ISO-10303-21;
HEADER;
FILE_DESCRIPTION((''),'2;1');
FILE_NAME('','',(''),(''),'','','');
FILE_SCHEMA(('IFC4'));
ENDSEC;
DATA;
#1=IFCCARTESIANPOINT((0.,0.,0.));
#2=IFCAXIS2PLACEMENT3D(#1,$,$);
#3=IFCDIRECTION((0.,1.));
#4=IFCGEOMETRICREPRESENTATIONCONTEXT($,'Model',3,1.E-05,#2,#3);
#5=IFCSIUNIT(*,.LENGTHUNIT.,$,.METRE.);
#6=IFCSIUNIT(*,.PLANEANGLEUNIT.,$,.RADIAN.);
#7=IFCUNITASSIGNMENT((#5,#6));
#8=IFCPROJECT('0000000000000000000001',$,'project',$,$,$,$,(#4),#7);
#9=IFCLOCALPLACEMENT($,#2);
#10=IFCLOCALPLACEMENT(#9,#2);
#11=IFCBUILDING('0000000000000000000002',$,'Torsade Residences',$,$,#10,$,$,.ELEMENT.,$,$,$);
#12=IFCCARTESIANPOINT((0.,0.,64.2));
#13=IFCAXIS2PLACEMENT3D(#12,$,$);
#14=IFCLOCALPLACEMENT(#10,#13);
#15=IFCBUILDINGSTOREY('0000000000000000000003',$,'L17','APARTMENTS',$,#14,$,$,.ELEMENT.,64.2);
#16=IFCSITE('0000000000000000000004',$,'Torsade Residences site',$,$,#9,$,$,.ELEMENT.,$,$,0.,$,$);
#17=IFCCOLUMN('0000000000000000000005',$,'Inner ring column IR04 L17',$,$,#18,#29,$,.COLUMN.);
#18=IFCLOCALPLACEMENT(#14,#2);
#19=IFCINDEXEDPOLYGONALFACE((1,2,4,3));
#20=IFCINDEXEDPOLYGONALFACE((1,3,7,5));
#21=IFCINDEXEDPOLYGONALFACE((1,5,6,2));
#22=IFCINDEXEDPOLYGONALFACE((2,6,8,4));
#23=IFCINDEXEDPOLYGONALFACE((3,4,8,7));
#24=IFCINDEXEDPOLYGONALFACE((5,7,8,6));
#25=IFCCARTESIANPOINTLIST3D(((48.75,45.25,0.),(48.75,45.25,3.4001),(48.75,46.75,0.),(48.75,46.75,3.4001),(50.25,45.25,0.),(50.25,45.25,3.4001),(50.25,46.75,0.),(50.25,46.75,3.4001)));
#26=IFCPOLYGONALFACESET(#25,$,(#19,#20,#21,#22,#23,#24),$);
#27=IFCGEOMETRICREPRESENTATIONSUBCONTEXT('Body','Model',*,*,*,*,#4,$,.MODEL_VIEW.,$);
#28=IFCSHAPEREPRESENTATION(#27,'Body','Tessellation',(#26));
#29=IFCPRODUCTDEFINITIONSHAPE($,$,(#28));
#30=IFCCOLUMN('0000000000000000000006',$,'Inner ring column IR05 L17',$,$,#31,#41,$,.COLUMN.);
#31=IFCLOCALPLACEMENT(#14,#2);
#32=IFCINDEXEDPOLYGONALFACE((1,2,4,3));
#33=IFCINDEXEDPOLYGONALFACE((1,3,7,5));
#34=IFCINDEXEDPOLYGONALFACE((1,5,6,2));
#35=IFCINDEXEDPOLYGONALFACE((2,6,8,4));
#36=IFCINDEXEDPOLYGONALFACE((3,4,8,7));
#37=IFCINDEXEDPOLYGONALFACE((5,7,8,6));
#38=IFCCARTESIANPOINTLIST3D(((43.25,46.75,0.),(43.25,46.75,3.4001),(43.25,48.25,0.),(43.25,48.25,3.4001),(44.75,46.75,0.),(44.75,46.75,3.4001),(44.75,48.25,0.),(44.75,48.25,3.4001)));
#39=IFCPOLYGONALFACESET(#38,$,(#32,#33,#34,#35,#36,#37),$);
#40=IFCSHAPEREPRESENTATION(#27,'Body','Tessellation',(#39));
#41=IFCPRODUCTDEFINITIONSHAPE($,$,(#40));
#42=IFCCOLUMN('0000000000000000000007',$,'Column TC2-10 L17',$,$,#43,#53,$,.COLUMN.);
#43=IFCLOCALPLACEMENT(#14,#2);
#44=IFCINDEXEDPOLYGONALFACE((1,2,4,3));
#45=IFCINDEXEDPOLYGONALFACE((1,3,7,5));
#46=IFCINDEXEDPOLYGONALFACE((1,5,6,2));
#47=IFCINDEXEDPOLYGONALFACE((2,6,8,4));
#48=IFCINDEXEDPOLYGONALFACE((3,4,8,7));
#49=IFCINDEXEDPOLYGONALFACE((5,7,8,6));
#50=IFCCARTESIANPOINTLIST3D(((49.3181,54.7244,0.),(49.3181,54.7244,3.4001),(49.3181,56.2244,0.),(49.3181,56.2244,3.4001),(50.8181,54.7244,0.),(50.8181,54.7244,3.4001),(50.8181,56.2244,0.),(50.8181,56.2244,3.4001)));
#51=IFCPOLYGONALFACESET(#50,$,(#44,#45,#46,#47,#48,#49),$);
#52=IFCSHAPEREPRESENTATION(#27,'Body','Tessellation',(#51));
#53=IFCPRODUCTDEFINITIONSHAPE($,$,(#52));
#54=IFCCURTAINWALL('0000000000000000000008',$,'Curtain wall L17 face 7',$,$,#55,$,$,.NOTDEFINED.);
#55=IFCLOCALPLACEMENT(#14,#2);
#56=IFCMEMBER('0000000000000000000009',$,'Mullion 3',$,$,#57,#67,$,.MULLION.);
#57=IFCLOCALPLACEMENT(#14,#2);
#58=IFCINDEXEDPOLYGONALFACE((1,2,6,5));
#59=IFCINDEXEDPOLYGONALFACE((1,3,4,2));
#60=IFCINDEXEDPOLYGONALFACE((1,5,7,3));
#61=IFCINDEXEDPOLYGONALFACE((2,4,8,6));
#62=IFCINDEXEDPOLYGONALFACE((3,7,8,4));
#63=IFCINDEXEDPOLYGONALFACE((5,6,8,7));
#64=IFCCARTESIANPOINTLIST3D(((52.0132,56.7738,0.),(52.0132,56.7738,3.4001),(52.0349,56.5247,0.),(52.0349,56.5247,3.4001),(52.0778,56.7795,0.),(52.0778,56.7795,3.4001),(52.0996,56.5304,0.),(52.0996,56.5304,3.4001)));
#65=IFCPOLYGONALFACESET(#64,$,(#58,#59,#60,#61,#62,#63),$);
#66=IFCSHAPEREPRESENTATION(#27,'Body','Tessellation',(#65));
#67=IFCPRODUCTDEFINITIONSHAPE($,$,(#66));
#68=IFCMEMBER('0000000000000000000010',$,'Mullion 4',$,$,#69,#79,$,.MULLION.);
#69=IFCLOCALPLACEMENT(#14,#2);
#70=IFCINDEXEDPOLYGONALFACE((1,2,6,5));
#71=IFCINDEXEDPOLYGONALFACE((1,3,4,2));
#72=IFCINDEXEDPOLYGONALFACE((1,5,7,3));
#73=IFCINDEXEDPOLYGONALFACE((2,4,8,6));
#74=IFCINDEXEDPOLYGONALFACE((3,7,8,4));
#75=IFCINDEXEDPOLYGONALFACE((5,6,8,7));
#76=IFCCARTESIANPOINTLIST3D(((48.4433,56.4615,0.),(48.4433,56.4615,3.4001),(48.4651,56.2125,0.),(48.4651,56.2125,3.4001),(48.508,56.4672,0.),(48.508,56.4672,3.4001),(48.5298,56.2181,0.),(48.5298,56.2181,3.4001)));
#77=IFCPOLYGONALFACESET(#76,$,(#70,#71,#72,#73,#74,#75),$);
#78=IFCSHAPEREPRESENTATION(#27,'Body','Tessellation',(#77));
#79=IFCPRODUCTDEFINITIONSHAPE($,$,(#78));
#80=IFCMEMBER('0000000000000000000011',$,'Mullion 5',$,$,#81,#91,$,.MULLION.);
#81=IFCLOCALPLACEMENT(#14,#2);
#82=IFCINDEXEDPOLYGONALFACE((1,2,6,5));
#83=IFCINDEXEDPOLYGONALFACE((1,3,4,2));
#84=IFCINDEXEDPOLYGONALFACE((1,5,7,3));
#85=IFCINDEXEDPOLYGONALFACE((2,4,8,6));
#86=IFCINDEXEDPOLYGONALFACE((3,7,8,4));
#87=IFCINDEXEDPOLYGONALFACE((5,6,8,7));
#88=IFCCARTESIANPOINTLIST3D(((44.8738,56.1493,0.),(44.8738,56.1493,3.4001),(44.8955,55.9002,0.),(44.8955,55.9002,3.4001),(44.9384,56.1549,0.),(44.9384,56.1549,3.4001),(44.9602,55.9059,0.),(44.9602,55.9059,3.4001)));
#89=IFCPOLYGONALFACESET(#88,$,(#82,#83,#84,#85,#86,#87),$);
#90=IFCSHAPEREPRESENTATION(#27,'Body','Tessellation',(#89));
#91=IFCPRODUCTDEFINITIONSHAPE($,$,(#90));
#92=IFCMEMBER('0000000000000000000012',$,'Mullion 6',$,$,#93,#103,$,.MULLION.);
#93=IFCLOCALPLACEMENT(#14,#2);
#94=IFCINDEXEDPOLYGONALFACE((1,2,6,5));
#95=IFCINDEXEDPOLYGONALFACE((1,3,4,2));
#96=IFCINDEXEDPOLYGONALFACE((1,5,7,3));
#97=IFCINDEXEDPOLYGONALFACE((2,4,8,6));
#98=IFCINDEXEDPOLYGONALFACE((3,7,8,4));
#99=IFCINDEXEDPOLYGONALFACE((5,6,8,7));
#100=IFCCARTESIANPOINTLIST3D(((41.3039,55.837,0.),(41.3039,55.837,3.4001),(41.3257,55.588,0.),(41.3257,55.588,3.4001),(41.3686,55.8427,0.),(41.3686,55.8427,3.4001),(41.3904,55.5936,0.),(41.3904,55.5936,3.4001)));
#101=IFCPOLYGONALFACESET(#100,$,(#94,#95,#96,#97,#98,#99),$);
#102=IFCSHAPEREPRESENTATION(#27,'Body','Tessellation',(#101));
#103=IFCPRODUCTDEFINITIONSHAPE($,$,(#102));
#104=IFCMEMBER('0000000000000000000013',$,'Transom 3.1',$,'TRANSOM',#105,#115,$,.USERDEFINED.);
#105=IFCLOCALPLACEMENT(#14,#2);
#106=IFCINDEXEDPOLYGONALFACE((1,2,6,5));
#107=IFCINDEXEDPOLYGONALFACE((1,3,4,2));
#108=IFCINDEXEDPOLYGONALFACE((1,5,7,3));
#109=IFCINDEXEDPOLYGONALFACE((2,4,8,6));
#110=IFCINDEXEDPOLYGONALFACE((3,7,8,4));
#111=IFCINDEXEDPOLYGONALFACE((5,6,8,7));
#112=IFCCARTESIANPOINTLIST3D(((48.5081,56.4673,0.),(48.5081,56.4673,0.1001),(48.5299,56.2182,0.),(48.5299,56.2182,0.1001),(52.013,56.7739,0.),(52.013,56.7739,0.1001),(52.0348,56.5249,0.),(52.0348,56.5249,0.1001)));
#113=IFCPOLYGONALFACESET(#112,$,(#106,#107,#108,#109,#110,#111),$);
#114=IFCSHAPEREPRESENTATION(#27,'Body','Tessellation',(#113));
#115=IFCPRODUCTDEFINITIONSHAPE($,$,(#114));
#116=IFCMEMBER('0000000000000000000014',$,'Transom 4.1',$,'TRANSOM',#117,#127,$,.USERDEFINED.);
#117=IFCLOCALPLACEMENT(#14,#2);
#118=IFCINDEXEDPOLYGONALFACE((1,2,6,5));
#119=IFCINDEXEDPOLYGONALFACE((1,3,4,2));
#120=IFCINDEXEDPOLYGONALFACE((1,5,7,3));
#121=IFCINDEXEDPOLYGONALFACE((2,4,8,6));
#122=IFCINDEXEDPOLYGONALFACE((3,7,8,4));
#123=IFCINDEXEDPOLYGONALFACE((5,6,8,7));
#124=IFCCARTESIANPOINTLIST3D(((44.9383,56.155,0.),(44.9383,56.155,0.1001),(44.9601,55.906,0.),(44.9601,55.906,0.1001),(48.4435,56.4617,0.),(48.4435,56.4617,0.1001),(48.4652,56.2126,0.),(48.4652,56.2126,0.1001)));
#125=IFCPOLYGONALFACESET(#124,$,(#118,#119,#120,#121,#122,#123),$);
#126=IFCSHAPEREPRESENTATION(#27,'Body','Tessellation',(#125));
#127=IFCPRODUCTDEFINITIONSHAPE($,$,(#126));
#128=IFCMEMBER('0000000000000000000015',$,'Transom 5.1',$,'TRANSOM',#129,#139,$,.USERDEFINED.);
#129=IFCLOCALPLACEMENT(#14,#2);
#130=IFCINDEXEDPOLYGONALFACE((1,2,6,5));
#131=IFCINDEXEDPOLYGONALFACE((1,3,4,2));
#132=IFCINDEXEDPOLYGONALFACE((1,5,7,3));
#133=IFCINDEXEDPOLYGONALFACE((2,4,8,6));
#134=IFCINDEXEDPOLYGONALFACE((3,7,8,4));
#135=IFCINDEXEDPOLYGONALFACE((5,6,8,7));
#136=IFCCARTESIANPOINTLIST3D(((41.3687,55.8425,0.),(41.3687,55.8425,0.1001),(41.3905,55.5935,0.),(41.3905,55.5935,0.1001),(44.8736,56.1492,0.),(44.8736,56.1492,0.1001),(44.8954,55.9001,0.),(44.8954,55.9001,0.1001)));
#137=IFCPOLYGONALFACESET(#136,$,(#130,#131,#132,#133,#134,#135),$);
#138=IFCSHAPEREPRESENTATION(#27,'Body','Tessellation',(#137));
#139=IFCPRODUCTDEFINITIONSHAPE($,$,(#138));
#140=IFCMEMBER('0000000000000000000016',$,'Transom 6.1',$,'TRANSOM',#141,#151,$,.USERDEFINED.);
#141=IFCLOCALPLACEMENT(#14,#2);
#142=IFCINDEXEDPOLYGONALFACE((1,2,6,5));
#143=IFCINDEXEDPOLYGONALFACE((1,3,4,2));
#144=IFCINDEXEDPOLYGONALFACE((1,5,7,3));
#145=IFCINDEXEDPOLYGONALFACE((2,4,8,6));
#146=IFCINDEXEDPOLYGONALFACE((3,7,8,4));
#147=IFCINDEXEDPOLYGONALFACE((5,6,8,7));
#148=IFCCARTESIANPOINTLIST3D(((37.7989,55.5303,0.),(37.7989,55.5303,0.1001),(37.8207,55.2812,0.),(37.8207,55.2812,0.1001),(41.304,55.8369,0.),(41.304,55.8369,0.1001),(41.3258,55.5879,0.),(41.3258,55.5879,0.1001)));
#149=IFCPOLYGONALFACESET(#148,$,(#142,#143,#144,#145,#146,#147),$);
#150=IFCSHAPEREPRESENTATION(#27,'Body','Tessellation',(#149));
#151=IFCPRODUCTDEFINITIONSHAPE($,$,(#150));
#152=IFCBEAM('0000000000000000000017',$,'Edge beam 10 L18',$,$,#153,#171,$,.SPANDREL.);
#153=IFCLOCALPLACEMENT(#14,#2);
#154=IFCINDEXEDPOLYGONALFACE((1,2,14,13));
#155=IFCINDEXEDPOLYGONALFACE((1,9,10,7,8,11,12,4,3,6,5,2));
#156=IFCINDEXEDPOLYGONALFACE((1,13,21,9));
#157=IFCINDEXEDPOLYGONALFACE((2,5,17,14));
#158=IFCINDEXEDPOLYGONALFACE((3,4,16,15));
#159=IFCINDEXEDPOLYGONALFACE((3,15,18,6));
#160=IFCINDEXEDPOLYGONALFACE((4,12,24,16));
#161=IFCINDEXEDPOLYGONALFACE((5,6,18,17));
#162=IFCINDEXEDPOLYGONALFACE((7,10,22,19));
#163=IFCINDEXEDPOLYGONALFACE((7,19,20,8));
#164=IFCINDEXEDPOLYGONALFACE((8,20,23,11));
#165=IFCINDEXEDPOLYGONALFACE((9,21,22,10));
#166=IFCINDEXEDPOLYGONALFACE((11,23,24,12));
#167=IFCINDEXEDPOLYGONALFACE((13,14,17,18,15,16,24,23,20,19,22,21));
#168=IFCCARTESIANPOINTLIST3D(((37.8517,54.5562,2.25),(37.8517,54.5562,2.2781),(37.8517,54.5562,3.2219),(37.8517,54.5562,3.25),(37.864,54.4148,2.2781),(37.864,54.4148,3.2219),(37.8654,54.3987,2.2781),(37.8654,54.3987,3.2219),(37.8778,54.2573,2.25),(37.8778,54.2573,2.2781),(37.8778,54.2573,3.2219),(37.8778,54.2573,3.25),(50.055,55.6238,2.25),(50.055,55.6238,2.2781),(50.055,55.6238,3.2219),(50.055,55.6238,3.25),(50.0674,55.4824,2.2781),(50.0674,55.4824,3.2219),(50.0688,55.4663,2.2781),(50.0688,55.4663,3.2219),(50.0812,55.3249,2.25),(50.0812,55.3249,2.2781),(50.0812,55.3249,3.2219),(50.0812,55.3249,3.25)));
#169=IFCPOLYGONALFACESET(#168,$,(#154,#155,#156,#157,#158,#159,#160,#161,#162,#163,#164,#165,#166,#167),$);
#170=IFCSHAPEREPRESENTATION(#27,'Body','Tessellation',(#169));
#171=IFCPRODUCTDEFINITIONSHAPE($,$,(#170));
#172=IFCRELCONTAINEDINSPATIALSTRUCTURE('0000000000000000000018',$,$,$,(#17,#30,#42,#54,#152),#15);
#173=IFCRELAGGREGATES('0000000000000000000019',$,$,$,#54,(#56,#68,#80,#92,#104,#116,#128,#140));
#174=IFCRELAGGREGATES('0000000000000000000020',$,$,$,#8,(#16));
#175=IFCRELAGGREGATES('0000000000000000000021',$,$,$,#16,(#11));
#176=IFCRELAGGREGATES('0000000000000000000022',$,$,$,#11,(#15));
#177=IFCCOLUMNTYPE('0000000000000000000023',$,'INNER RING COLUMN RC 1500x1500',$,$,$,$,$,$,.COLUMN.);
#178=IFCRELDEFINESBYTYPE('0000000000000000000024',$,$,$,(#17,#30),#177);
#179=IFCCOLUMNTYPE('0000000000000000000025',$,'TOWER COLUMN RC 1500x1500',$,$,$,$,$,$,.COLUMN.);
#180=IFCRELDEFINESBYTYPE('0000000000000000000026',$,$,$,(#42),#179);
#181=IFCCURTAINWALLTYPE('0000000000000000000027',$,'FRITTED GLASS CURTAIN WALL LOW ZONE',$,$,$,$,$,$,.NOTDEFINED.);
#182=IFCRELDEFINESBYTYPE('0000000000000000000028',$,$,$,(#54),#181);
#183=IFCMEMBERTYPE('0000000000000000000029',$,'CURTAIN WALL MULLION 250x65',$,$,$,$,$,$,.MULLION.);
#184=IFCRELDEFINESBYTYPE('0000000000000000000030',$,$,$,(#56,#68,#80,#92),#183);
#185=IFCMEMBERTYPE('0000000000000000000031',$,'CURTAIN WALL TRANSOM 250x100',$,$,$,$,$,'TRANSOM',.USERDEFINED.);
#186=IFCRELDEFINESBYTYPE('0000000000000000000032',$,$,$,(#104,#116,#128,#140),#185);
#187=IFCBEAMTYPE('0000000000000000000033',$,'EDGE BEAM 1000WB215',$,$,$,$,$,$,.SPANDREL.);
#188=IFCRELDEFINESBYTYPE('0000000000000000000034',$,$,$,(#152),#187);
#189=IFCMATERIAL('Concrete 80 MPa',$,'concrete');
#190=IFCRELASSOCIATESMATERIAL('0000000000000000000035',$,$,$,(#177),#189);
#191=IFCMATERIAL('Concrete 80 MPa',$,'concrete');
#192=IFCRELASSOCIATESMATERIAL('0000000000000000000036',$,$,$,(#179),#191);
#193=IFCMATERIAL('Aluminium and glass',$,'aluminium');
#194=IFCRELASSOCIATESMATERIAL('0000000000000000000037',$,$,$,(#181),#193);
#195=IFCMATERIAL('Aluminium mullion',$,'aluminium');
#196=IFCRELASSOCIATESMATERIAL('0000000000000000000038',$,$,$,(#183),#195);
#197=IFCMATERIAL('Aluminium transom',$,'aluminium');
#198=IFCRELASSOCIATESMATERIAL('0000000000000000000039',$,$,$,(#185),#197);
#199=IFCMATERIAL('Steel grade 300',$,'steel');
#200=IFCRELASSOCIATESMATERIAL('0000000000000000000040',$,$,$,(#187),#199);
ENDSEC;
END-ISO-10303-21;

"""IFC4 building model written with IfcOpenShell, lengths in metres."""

from ifc_helpers import new_model, si_unit, direction, frame, origin, origin_2d, place, context, subcontext, project, spatial, rectangle, i_section, extrude, material, material_profile, profile_set, type_object, element, aggregate, save


model = new_model("IFC4")

# Units and contexts
model_context = context("Model", 3, precision=1e-05, world=origin(), true_north=direction((0.0, 1.0)))
body_context = subcontext(model_context, "Body", "Model", "MODEL_VIEW")
ifc_project = project(units=[si_unit("LENGTHUNIT", "METRE"), si_unit("PLANEANGLEUNIT", "RADIAN")], contexts=[model_context])

# Site, building, storey
site_placement = place(None, origin())
site = spatial("IfcSite", under=ifc_project, at=site_placement, Name="Torsade Residences site", CompositionType="ELEMENT", RefElevation=0.0)
building_placement = place(site_placement, origin())
building = spatial("IfcBuilding", under=site, at=building_placement, Name="Torsade Residences", CompositionType="ELEMENT")
storey_placement = place(building_placement, frame((0.0, 0.0, 64.2)))
storey = spatial("IfcBuildingStorey", under=building, at=storey_placement, Name="L17", Description="APARTMENTS", CompositionType="ELEMENT", Elevation=64.2)

# Columns
ifc_material_1 = material(Name="Concrete 80 MPa", Category="concrete")
ifc_material_profile_1 = material_profile(ifc_material_1, rectangle(XDim=1.5, YDim=1.5, at=origin_2d()), Name="RC 1500x1500")
ifc_profile_set_1 = profile_set([ifc_material_profile_1], Name="Concrete 80 MPa")
column_type_1 = type_object("IfcColumnType", Name="INNER RING COLUMN RC 1500x1500", PredefinedType="COLUMN", material=ifc_profile_set_1)
for number, where, z_axis, x_axis, name in (
    (1, (49.5, 46.0, 0.0), (0.0, 0.0, 1.0), (1.0, 0.0, 0.0), "Inner ring column IR04 L17"),
    (2, (44.0, 47.5, 0.0), (0.0, 0.0, 1.0), (1.0, 0.0, 0.0), "Inner ring column IR05 L17"),
):
    element("IfcColumn", number, at=place(storey_placement, frame(where, z_axis=z_axis, x_axis=x_axis)), inside=storey, type_object=column_type_1, Name=name, PredefinedType="COLUMN", context=body_context, shape_type="SweptSolid", body=[
        extrude(rectangle(XDim=1.5, YDim=1.5, at=origin_2d()), origin(), (0.0, 0.0, 1.0), 3.4001),
    ])
ifc_material_2 = material(Name="Concrete 80 MPa", Category="concrete")
ifc_material_profile_2 = material_profile(ifc_material_2, rectangle(XDim=1.5, YDim=1.5, at=origin_2d()), Name="RC 1500x1500")
ifc_profile_set_2 = profile_set([ifc_material_profile_2], Name="Concrete 80 MPa")
column_type_2 = type_object("IfcColumnType", Name="TOWER COLUMN RC 1500x1500", PredefinedType="COLUMN", material=ifc_profile_set_2)
column_placement = place(storey_placement, frame((50.0681, 55.4744, 0.0), z_axis=(0.0, 0.0, 1.0), x_axis=(1.0, 0.0, 0.0)))
element("IfcColumn", 3, at=column_placement, inside=storey, type_object=column_type_2, Name="Column TC2-10 L17", PredefinedType="COLUMN", context=body_context, shape_type="SweptSolid", body=[
    extrude(rectangle(XDim=1.5, YDim=1.5, at=origin_2d()), origin(), (0.0, 0.0, 1.0), 3.4001),
])

# Curtain wall, members
ifc_material_3 = material(Name="Aluminium and glass", Category="aluminium")
curtain_wall_type = type_object("IfcCurtainWallType", Name="FRITTED GLASS CURTAIN WALL LOW ZONE", PredefinedType="NOTDEFINED", material=ifc_material_3)
curtain_wall_placement = place(storey_placement, origin())
curtain_wall = element("IfcCurtainWall", 4, at=curtain_wall_placement, inside=storey, type_object=curtain_wall_type, Name="Curtain wall L17 face 7", PredefinedType="NOTDEFINED")
ifc_material_4 = material(Name="Aluminium mullion", Category="aluminium")
ifc_material_profile_3 = material_profile(ifc_material_4, rectangle(XDim=0.25, YDim=0.0649, at=origin_2d()), Name="CURTAIN WALL MULLION 250x65")
ifc_profile_set_3 = profile_set([ifc_material_profile_3], Name="Aluminium mullion")
member_type_1 = type_object("IfcMemberType", Name="CURTAIN WALL MULLION 250x65", PredefinedType="MULLION", material=ifc_profile_set_3)
member_1_placement = place(storey_placement, frame((52.0564, 56.6521, 0.0), z_axis=(0.0, 0.0, 1.0), x_axis=(0.087156, -0.996195, 0.0)))
member_1 = element("IfcMember", 5, at=member_1_placement, type_object=member_type_1, Name="Mullion 3", PredefinedType="MULLION", context=body_context, shape_type="SweptSolid", body=[
    extrude(rectangle(XDim=0.25, YDim=0.0649, at=origin_2d()), origin(), (0.0, 0.0, 1.0), 3.4001),
])
member_2_placement = place(storey_placement, frame((48.4866, 56.3398, 0.0), z_axis=(0.0, 0.0, 1.0), x_axis=(0.087156, -0.996195, 0.0)))
member_2 = element("IfcMember", 6, at=member_2_placement, type_object=member_type_1, Name="Mullion 4", PredefinedType="MULLION", context=body_context, shape_type="SweptSolid", body=[
    extrude(rectangle(XDim=0.25, YDim=0.0649, at=origin_2d()), origin(), (0.0, 0.0, 1.0), 3.4001),
])
member_3_placement = place(storey_placement, frame((44.917, 56.0276, 0.0), z_axis=(0.0, 0.0, 1.0), x_axis=(0.087156, -0.996195, 0.0)))
member_3 = element("IfcMember", 7, at=member_3_placement, type_object=member_type_1, Name="Mullion 5", PredefinedType="MULLION", context=body_context, shape_type="SweptSolid", body=[
    extrude(rectangle(XDim=0.25, YDim=0.0649, at=origin_2d()), origin(), (0.0, 0.0, 1.0), 3.4001),
])
member_4_placement = place(storey_placement, frame((41.3472, 55.7153, 0.0), z_axis=(0.0, 0.0, 1.0), x_axis=(0.087156, -0.996195, 0.0)))
member_4 = element("IfcMember", 8, at=member_4_placement, type_object=member_type_1, Name="Mullion 6", PredefinedType="MULLION", context=body_context, shape_type="SweptSolid", body=[
    extrude(rectangle(XDim=0.25, YDim=0.0649, at=origin_2d()), origin(), (0.0, 0.0, 1.0), 3.4001),
])
ifc_material_5 = material(Name="Aluminium transom", Category="aluminium")
ifc_material_profile_4 = material_profile(ifc_material_5, rectangle(XDim=0.25, YDim=0.1001, at=origin_2d()), Name="CURTAIN WALL TRANSOM 250x100")
ifc_profile_set_4 = profile_set([ifc_material_profile_4], Name="Aluminium transom")
member_type_2 = type_object("IfcMemberType", Name="CURTAIN WALL TRANSOM 250x100", ElementType="TRANSOM", PredefinedType="USERDEFINED", material=ifc_profile_set_4)
member_5_placement = place(storey_placement, frame((52.0239, 56.6494, 0.05), z_axis=(-0.996195, -0.087157, 0.0), x_axis=(0.087157, -0.996195, 0.0)))
member_5 = element("IfcMember", 9, at=member_5_placement, type_object=member_type_2, Name="Transom 3.1", ObjectType="TRANSOM", PredefinedType="USERDEFINED", context=body_context, shape_type="SweptSolid", body=[
    extrude(rectangle(XDim=0.25, YDim=0.1001, at=origin_2d()), origin(), (0.0, 0.0, 1.0), 3.5183),
])
member_6_placement = place(storey_placement, frame((48.4543, 56.3372, 0.05), z_axis=(-0.996195, -0.087151, 0.0), x_axis=(0.087151, -0.996195, 0.0)))
member_6 = element("IfcMember", 10, at=member_6_placement, type_object=member_type_2, Name="Transom 4.1", ObjectType="TRANSOM", PredefinedType="USERDEFINED", context=body_context, shape_type="SweptSolid", body=[
    extrude(rectangle(XDim=0.25, YDim=0.1001, at=origin_2d()), origin(), (0.0, 0.0, 1.0), 3.5186),
])
member_7_placement = place(storey_placement, frame((44.8845, 56.0247, 0.05), z_axis=(-0.996195, -0.087157, 0.0), x_axis=(0.087157, -0.996195, 0.0)))
member_7 = element("IfcMember", 11, at=member_7_placement, type_object=member_type_2, Name="Transom 5.1", ObjectType="TRANSOM", PredefinedType="USERDEFINED", context=body_context, shape_type="SweptSolid", body=[
    extrude(rectangle(XDim=0.25, YDim=0.1001, at=origin_2d()), origin(), (0.0, 0.0, 1.0), 3.5183),
])
member_8_placement = place(storey_placement, frame((41.3149, 55.7124, 0.05), z_axis=(-0.996195, -0.087151, 0.0), x_axis=(0.087151, -0.996195, 0.0)))
member_8 = element("IfcMember", 12, at=member_8_placement, type_object=member_type_2, Name="Transom 6.1", ObjectType="TRANSOM", PredefinedType="USERDEFINED", context=body_context, shape_type="SweptSolid", body=[
    extrude(rectangle(XDim=0.25, YDim=0.1001, at=origin_2d()), origin(), (0.0, 0.0, 1.0), 3.5186),
])

# Beam
ifc_material_6 = material(Name="Steel grade 300", Category="steel")
ifc_material_profile_5 = material_profile(ifc_material_6, i_section(OverallWidth=0.3, OverallDepth=1.0, WebThickness=0.0161, FlangeThickness=0.0281, at=origin_2d()), Name="1000WB215")
ifc_profile_set_5 = profile_set([ifc_material_profile_5], Name="Steel grade 300")
beam_type_1 = type_object("IfcBeamType", Name="EDGE BEAM 1000WB215", PredefinedType="SPANDREL", material=ifc_profile_set_5)
beam_1_placement = place(storey_placement, frame((50.0681, 55.4744, 2.75), z_axis=(-0.996195, -0.087153, 0.0), x_axis=(0.087153, -0.996195, 0.0)))
element("IfcBeam", 13, at=beam_1_placement, inside=storey, type_object=beam_type_1, Name="Edge beam 10 L18", PredefinedType="SPANDREL", context=body_context, shape_type="SweptSolid", body=[
    extrude(i_section(OverallWidth=0.3, OverallDepth=1.0, WebThickness=0.0161, FlangeThickness=0.0281, at=origin_2d()), origin(), (0.0, 0.0, 1.0), 12.25),
])

aggregate(curtain_wall, [member_1, member_2, member_3, member_4, member_5, member_6, member_7, member_8])

save(model, "model.ifc")
